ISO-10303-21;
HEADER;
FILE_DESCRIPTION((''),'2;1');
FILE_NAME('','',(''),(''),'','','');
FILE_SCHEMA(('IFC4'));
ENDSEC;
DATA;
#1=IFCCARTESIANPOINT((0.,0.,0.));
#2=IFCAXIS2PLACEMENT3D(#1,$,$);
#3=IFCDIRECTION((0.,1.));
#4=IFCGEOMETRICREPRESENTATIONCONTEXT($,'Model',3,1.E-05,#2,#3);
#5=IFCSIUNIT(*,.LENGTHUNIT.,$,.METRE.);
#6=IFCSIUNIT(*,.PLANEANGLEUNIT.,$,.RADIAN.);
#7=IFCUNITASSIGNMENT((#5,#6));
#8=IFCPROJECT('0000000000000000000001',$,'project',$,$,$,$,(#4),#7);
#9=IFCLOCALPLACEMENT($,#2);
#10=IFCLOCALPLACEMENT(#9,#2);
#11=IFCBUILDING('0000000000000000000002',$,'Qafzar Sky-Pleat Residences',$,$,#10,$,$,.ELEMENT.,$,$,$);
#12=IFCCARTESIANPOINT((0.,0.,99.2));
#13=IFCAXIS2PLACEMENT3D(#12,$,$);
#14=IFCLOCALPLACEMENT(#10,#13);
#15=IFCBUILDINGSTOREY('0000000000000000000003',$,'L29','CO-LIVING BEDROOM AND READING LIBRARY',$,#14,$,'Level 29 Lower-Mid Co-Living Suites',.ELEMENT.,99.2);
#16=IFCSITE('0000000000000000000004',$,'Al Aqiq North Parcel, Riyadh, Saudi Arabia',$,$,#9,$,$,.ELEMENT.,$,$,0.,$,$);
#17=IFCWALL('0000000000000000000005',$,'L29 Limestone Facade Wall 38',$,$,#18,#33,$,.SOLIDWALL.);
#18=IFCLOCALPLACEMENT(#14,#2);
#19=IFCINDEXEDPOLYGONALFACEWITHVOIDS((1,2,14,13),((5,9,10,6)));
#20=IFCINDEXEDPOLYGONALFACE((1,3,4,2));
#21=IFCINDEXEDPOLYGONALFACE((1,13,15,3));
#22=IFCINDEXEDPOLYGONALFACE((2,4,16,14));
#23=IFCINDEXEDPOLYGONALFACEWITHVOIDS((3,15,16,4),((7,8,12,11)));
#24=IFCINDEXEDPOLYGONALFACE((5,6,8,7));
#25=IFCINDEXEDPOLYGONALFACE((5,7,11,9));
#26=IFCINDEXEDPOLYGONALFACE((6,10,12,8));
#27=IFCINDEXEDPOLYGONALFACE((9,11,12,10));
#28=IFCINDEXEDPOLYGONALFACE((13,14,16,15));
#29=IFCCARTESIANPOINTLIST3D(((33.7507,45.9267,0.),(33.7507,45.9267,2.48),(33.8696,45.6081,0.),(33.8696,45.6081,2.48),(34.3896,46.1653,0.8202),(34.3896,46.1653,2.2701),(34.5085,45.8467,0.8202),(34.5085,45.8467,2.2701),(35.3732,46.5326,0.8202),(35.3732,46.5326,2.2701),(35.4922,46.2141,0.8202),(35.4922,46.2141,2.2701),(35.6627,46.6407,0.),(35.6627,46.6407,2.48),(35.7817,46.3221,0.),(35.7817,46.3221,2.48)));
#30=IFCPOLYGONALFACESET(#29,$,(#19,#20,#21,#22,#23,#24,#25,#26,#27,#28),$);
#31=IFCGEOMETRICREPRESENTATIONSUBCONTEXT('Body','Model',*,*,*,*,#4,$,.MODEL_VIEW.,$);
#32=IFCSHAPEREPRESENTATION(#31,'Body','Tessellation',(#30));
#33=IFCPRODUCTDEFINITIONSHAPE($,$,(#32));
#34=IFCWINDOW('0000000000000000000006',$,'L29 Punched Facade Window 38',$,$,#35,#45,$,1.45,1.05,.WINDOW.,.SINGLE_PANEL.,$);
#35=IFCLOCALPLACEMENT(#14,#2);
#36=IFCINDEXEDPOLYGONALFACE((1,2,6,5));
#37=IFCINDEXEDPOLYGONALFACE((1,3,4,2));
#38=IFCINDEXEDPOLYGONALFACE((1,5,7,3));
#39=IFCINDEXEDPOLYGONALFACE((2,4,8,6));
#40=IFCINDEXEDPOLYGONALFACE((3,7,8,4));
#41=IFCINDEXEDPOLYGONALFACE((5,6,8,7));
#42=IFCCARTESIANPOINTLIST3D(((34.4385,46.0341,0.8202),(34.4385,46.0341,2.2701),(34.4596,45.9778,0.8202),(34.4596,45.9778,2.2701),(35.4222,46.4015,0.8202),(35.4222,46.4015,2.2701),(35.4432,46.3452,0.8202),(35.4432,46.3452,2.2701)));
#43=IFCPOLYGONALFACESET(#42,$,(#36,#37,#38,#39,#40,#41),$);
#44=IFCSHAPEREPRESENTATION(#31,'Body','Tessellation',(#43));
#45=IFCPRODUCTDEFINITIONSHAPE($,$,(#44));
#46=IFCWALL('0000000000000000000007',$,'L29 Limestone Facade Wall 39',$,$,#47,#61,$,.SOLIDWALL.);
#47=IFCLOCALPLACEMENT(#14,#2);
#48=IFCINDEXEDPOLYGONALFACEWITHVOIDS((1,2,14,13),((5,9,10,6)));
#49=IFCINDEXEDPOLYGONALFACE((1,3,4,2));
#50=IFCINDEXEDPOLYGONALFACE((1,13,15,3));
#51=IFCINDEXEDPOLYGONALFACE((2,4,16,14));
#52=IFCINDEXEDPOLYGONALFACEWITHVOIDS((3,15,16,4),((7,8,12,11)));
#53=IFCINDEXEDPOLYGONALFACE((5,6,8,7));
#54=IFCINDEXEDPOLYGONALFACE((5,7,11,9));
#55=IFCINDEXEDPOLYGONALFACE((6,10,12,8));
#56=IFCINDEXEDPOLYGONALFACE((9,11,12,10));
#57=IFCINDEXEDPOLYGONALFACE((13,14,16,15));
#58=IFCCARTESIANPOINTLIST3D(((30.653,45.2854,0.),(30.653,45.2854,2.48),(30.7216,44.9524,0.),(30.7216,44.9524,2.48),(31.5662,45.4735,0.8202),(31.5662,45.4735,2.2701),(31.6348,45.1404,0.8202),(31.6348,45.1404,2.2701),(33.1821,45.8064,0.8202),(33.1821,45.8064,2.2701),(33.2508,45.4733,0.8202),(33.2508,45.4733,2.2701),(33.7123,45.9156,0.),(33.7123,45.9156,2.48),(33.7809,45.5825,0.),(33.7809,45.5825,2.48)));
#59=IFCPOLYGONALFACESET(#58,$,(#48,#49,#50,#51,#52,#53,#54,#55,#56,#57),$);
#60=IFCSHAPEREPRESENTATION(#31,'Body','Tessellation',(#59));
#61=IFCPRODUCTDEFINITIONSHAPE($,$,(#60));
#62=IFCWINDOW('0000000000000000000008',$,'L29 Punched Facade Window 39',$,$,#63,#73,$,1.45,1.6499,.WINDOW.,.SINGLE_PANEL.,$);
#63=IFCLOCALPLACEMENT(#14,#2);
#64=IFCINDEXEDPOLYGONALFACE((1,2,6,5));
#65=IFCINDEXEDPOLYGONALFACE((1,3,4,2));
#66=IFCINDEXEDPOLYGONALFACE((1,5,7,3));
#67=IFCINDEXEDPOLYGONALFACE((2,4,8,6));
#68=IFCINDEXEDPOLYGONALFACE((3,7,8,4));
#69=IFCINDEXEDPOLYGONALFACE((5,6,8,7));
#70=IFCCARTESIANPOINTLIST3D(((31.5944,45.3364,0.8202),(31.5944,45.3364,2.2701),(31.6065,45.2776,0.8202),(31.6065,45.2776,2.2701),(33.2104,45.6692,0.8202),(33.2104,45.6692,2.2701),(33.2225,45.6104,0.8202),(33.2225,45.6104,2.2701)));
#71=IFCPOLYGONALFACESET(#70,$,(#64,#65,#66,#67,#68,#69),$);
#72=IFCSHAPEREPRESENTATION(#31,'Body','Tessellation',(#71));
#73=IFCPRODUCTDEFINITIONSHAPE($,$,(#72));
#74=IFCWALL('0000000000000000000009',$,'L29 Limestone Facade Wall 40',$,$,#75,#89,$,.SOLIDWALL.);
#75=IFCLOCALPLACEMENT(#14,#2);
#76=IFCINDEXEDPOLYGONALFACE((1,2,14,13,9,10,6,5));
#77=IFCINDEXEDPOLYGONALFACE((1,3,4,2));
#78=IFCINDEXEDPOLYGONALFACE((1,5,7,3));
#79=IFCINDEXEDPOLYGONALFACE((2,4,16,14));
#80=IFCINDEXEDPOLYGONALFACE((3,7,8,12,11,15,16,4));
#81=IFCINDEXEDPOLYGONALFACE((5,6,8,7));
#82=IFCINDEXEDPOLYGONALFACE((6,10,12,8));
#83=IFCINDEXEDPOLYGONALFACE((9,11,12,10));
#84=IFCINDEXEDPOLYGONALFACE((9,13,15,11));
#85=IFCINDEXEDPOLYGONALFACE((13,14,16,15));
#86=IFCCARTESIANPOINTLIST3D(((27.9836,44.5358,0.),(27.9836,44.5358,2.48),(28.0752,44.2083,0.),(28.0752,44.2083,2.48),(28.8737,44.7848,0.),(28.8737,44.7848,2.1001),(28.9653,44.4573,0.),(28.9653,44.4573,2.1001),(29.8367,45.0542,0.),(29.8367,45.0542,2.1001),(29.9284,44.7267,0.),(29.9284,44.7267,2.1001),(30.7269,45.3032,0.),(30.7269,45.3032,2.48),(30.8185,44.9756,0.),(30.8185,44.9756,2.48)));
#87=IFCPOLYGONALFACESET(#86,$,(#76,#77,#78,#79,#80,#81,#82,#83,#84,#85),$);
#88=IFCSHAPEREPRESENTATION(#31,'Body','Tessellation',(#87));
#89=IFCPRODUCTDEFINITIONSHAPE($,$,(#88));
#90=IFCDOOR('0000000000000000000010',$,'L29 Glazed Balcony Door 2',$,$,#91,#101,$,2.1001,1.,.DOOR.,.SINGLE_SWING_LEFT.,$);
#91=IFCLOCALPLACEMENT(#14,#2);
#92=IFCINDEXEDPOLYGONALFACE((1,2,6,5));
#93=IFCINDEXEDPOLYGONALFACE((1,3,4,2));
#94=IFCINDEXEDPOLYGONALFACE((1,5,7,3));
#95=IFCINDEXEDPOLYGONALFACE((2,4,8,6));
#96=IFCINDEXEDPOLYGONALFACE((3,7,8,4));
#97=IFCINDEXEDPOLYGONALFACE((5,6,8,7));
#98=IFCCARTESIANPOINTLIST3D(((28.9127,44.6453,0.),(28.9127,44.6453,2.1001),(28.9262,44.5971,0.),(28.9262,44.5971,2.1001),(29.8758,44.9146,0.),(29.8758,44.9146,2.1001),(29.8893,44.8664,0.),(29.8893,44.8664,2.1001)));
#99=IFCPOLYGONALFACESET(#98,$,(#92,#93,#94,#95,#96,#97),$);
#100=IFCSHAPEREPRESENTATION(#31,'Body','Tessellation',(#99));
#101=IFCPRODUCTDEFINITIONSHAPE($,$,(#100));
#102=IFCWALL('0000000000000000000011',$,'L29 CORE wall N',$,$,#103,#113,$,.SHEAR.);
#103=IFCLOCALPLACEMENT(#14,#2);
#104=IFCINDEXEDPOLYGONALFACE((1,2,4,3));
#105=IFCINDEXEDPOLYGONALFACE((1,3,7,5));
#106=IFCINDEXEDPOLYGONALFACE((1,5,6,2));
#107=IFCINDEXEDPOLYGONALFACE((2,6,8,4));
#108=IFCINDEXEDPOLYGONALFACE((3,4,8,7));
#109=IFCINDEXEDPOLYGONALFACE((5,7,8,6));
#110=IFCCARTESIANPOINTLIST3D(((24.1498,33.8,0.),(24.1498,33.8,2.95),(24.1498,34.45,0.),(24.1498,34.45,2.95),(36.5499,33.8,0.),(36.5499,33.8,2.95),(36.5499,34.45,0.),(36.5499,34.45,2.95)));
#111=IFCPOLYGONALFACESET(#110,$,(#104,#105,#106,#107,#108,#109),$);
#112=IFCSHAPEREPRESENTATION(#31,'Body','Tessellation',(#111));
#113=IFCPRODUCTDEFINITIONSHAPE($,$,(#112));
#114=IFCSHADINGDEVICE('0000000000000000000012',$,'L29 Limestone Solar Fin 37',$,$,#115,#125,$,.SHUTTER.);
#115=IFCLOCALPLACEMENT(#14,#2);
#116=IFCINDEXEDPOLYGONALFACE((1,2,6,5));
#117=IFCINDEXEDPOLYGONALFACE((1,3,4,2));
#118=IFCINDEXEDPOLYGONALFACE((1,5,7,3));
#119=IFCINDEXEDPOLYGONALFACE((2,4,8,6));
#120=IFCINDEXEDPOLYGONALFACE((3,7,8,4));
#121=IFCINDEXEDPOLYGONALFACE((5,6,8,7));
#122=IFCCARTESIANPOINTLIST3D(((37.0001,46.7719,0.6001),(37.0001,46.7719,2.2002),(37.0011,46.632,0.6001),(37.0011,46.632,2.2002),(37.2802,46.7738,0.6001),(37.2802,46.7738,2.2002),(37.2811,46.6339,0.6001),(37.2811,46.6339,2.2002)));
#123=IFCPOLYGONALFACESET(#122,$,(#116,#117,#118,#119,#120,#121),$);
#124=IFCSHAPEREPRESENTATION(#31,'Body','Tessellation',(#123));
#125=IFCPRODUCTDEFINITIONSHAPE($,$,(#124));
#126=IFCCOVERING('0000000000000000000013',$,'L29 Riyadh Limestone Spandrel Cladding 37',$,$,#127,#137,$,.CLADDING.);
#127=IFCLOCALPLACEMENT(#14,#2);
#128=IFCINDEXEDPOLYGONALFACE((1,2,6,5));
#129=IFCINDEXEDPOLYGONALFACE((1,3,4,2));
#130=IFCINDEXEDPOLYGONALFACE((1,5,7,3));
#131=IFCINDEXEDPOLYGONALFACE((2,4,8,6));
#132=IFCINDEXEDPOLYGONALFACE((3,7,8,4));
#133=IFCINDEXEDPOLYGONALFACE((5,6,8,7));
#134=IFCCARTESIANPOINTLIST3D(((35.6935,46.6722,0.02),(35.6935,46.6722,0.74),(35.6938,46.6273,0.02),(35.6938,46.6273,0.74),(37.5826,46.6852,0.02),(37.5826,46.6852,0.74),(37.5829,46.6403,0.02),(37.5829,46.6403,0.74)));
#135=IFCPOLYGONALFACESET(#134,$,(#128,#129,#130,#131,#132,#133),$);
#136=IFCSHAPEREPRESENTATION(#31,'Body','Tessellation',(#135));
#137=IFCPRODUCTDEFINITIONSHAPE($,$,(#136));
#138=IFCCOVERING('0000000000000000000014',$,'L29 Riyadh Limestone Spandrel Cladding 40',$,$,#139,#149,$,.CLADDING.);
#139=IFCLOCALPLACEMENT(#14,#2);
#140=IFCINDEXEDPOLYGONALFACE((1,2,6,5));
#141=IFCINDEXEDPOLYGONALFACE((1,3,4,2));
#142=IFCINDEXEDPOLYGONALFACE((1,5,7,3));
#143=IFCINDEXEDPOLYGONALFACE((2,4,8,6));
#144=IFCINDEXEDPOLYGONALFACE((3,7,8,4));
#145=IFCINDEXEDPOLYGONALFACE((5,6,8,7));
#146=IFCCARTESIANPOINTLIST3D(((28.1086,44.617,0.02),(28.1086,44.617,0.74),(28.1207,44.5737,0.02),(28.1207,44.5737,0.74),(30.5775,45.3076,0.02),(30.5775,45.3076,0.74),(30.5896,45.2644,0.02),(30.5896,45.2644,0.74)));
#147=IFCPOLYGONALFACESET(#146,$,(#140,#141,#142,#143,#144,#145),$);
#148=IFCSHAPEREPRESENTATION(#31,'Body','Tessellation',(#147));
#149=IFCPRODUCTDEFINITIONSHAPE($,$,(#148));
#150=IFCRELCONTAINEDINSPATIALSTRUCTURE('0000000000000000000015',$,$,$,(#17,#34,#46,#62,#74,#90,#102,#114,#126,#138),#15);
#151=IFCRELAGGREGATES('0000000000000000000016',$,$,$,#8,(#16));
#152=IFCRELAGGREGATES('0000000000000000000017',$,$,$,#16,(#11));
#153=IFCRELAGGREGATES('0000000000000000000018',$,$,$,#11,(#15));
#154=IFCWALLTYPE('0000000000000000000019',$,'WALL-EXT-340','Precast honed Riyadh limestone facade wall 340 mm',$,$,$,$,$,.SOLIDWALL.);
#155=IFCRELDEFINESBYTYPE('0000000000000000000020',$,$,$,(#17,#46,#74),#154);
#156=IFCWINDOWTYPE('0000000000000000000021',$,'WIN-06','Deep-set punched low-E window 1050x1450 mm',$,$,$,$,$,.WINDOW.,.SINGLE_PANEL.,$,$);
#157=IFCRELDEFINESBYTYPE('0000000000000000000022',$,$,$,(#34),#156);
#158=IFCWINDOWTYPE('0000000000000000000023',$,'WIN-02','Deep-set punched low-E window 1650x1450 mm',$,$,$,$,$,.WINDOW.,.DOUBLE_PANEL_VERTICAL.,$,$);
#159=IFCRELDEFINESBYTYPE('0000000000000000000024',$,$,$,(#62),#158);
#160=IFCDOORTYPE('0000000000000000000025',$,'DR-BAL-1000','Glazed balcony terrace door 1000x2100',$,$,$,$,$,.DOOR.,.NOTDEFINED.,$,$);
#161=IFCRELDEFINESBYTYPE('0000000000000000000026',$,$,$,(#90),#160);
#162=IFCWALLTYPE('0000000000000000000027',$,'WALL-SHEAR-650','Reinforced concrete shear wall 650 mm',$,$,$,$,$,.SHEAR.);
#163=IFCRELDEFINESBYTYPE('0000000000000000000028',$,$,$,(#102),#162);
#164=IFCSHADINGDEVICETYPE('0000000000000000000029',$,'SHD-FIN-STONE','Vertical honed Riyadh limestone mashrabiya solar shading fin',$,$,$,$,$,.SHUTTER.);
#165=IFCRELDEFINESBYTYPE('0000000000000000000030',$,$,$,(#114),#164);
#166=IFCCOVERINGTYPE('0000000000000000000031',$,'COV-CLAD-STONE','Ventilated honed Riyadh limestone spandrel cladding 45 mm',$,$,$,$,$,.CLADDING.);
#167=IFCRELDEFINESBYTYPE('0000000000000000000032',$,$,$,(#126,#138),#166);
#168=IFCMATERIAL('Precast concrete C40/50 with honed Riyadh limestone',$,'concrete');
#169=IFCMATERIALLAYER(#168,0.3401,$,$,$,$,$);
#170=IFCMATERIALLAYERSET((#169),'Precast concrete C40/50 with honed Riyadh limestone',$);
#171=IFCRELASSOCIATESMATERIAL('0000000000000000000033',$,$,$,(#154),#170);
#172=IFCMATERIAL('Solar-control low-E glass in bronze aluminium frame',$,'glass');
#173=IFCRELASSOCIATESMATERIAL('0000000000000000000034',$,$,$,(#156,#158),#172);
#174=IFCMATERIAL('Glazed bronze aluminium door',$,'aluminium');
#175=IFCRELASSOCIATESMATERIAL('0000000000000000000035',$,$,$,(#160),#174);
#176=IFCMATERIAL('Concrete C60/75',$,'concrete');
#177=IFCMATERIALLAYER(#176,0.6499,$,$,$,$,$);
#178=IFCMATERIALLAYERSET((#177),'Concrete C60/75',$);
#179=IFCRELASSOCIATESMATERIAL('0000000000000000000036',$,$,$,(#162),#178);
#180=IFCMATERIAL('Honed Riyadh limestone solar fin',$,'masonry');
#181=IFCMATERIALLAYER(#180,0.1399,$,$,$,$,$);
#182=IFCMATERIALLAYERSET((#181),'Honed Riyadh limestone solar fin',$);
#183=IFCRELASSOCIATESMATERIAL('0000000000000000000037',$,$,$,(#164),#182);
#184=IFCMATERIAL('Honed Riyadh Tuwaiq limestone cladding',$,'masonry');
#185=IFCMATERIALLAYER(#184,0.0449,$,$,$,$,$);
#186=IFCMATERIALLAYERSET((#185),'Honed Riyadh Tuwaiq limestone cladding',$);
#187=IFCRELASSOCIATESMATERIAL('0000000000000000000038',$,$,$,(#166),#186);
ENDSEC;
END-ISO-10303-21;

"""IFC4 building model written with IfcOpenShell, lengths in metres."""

from ifc_helpers import new_model, si_unit, direction, frame, frame_2d, origin, origin_2d, place, context, subcontext, project, spatial, rectangle, extrude, source, transform, mapped, material, layer, layer_set, type_object, element, fill, save


model = new_model("IFC4")

# Units and contexts
model_context = context("Model", 3, precision=1e-05, world=origin(), true_north=direction((0.0, 1.0)))
body_context = subcontext(model_context, "Body", "Model", "MODEL_VIEW")
ifc_project = project(units=[si_unit("LENGTHUNIT", "METRE"), si_unit("PLANEANGLEUNIT", "RADIAN")], contexts=[model_context])

# Site, building, storey
site_placement = place(None, origin())
site = spatial("IfcSite", under=ifc_project, at=site_placement, Name="Al Aqiq North Parcel, Riyadh, Saudi Arabia", CompositionType="ELEMENT", RefElevation=0.0)
building_placement = place(site_placement, origin())
building = spatial("IfcBuilding", under=site, at=building_placement, Name="Qafzar Sky-Pleat Residences", CompositionType="ELEMENT")
storey_placement = place(building_placement, frame((0.0, 0.0, 99.2)))
storey = spatial("IfcBuildingStorey", under=building, at=storey_placement, Name="L29", Description="CO-LIVING BEDROOM AND READING LIBRARY", LongName="Level 29 Lower-Mid Co-Living Suites", CompositionType="ELEMENT", Elevation=99.2)

# Walls, openings, windows
ifc_material_1 = material(Name="Precast concrete C40/50 with honed Riyadh limestone", Category="concrete")
ifc_layer_1 = layer(ifc_material_1, 0.3401)
ifc_layer_set_1 = layer_set([ifc_layer_1], Name="Precast concrete C40/50 with honed Riyadh limestone")
wall_type_1 = type_object("IfcWallType", Name="WALL-EXT-340", Description="Precast honed Riyadh limestone facade wall 340 mm", PredefinedType="SOLIDWALL", material=ifc_layer_set_1)
wall_1_placement = place(storey_placement, frame((35.7222, 46.4814, 0.0), z_axis=(0.0, 0.0, 1.0), x_axis=(-0.9368, -0.349865, 0.0)))
wall_1 = element("IfcWall", 1, at=wall_1_placement, inside=storey, type_object=wall_type_1, Name="L29 Limestone Facade Wall 38", PredefinedType="SOLIDWALL", context=body_context, shape_type="SweptSolid", body=[
    extrude(rectangle(XDim=2.041, YDim=0.3401, at=frame_2d((1.0205, 0.0))), origin(), (0.0, 0.0, 1.0), 2.48),
])
opening_1_placement = place(wall_1_placement, frame((0.3091, 0.0, 0.8201)))
opening_1 = element("IfcOpeningElement", 2, at=opening_1_placement, cuts=wall_1, PredefinedType="OPENING", context=body_context, shape_type="SweptSolid", body=[
    extrude(rectangle(XDim=1.05, YDim=1.45, at=frame_2d((0.5249, 0.7251))), frame((0.0, 0.1802, 0.0), z_axis=(0.0, -1.0, 0.0), x_axis=(1.0, 0.0, 0.0)), (0.0, 0.0, 1.0), 0.3601),
])
ifc_material_2 = material(Name="Solar-control low-E glass in bronze aluminium frame", Category="glass")
window_type_1 = type_object("IfcWindowType", Name="WIN-06", Description="Deep-set punched low-E window 1050x1450 mm", PartitioningType="SINGLE_PANEL", PredefinedType="WINDOW", material=ifc_material_2)
shared_shape_1 = source(origin(), body_context, "Body", "SweptSolid", [
    extrude(rectangle(XDim=1.05, YDim=1.45, at=frame_2d((0.5249, 0.7251))), frame((0.0, 0.03, 0.0), z_axis=(0.0, -1.0, 0.0), x_axis=(1.0, 0.0, 0.0)), (0.0, 0.0, 1.0), 0.0601),
])
window_1_placement = place(opening_1_placement, origin())
window_1 = element("IfcWindow", 3, at=window_1_placement, inside=storey, type_object=window_type_1, Name="L29 Punched Facade Window 38", OverallHeight=1.45, OverallWidth=1.05, PartitioningType="SINGLE_PANEL", PredefinedType="WINDOW", context=body_context, shape_type="MappedRepresentation", body=[
    mapped(shared_shape_1, transform((0.0, 0.0, 0.0), x_axis=(1.0, 0.0, 0.0), y_axis=(0.0, 1.0, 0.0), z_axis=(0.0, 0.0, 1.0), scale=1.0)),
])
fill(opening_1, window_1)
wall_2_placement = place(storey_placement, frame((33.7466, 45.749, 0.0), z_axis=(0.0, 0.0, 1.0), x_axis=(-0.97944, -0.201735, 0.0)))
wall_2 = element("IfcWall", 4, at=wall_2_placement, inside=storey, type_object=wall_type_1, Name="L29 Limestone Facade Wall 39", PredefinedType="SOLIDWALL", context=body_context, shape_type="SweptSolid", body=[
    extrude(rectangle(XDim=3.1235, YDim=0.3401, at=frame_2d((1.5618, 0.0))), origin(), (0.0, 0.0, 1.0), 2.48),
])
opening_2_placement = place(wall_2_placement, frame((0.5413, 0.0, 0.8201)))
opening_2 = element("IfcOpeningElement", 5, at=opening_2_placement, cuts=wall_2, PredefinedType="OPENING", context=body_context, shape_type="SweptSolid", body=[
    extrude(rectangle(XDim=1.6499, YDim=1.45, at=frame_2d((0.825, 0.7251))), frame((0.0, 0.1802, 0.0), z_axis=(0.0, -1.0, 0.0), x_axis=(1.0, 0.0, 0.0)), (0.0, 0.0, 1.0), 0.3601),
])
window_type_2 = type_object("IfcWindowType", Name="WIN-02", Description="Deep-set punched low-E window 1650x1450 mm", PartitioningType="DOUBLE_PANEL_VERTICAL", PredefinedType="WINDOW", material=ifc_material_2)
shared_shape_2 = source(origin(), body_context, "Body", "SweptSolid", [
    extrude(rectangle(XDim=1.6499, YDim=1.45, at=frame_2d((0.825, 0.7251))), frame((0.0, 0.03, 0.0), z_axis=(0.0, -1.0, 0.0), x_axis=(1.0, 0.0, 0.0)), (0.0, 0.0, 1.0), 0.0601),
])
window_2_placement = place(opening_2_placement, origin())
window_2 = element("IfcWindow", 6, at=window_2_placement, inside=storey, type_object=window_type_2, Name="L29 Punched Facade Window 39", OverallHeight=1.45, OverallWidth=1.6499, PartitioningType="SINGLE_PANEL", PredefinedType="WINDOW", context=body_context, shape_type="MappedRepresentation", body=[
    mapped(shared_shape_2, transform((0.0, 0.0, 0.0), x_axis=(1.0, 0.0, 0.0), y_axis=(0.0, 1.0, 0.0), z_axis=(0.0, 0.0, 1.0), scale=1.0)),
])
fill(opening_2, window_2)

# Wall, opening, door
wall_3_placement = place(storey_placement, frame((30.7727, 45.1394, 0.0), z_axis=(0.0, 0.0, 1.0), x_axis=(-0.963039, -0.269363, 0.0)))
wall_3 = element("IfcWall", 7, at=wall_3_placement, inside=storey, type_object=wall_type_1, Name="L29 Limestone Facade Wall 40", PredefinedType="SOLIDWALL", context=body_context, shape_type="SweptSolid", body=[
    extrude(rectangle(XDim=2.8486, YDim=0.3401, at=frame_2d((1.4243, 0.0))), origin(), (0.0, 0.0, 1.0), 2.48),
])
opening_3_placement = place(wall_3_placement, frame((0.9243, 0.0, 0.0)))
opening_3 = element("IfcOpeningElement", 8, at=opening_3_placement, cuts=wall_3, PredefinedType="OPENING", context=body_context, shape_type="SweptSolid", body=[
    extrude(rectangle(XDim=1.0, YDim=2.1001, at=frame_2d((0.5, 1.05))), frame((0.0, 0.1802, 0.0), z_axis=(0.0, -1.0, 0.0), x_axis=(1.0, 0.0, 0.0)), (0.0, 0.0, 1.0), 0.3601),
])
ifc_material_3 = material(Name="Glazed bronze aluminium door", Category="aluminium")
door_type_1 = type_object("IfcDoorType", Name="DR-BAL-1000", Description="Glazed balcony terrace door 1000x2100", OperationType="NOTDEFINED", PredefinedType="DOOR", material=ifc_material_3)
shared_shape_3 = source(origin(), body_context, "Body", "SweptSolid", [
    extrude(rectangle(XDim=1.0, YDim=2.1001, at=frame_2d((0.5, 1.05))), frame((0.0, 0.0249, 0.0), z_axis=(0.0, -1.0, 0.0), x_axis=(1.0, 0.0, 0.0)), (0.0, 0.0, 1.0), 0.05),
])
door_1_placement = place(opening_3_placement, origin())
door_1 = element("IfcDoor", 9, at=door_1_placement, inside=storey, type_object=door_type_1, Name="L29 Glazed Balcony Door 2", OperationType="SINGLE_SWING_LEFT", OverallHeight=2.1001, OverallWidth=1.0, PredefinedType="DOOR", context=body_context, shape_type="MappedRepresentation", body=[
    mapped(shared_shape_3, transform((0.0, 0.0, 0.0), x_axis=(1.0, 0.0, 0.0), y_axis=(0.0, 1.0, 0.0), z_axis=(0.0, 0.0, 1.0), scale=1.0)),
])
fill(opening_3, door_1)

# Wall
ifc_material_4 = material(Name="Concrete C60/75", Category="concrete")
ifc_layer_2 = layer(ifc_material_4, 0.6499)
ifc_layer_set_2 = layer_set([ifc_layer_2], Name="Concrete C60/75")
wall_type_2 = type_object("IfcWallType", Name="WALL-SHEAR-650", Description="Reinforced concrete shear wall 650 mm", PredefinedType="SHEAR", material=ifc_layer_set_2)
wall_4_placement = place(storey_placement, frame((36.55, 34.125, 0.0), z_axis=(0.0, 0.0, 1.0), x_axis=(-1.0, 0.0, 0.0)))
element("IfcWall", 10, at=wall_4_placement, inside=storey, type_object=wall_type_2, Name="L29 CORE wall N", PredefinedType="SHEAR", context=body_context, shape_type="SweptSolid", body=[
    extrude(rectangle(XDim=12.4001, YDim=0.6499, at=frame_2d((6.2002, 0.0))), origin(), (0.0, 0.0, 1.0), 2.95),
])

# Shading device
ifc_material_5 = material(Name="Honed Riyadh limestone solar fin", Category="masonry")
ifc_layer_3 = layer(ifc_material_5, 0.1399)
ifc_layer_set_3 = layer_set([ifc_layer_3], Name="Honed Riyadh limestone solar fin")
shading_device_type = type_object("IfcShadingDeviceType", Name="SHD-FIN-STONE", Description="Vertical honed Riyadh limestone mashrabiya solar shading fin", PredefinedType="SHUTTER", material=ifc_layer_set_3)
shared_shape_4 = source(origin(), body_context, "Body", "SweptSolid", [
    extrude(rectangle(XDim=0.1399, YDim=0.28, at=origin_2d()), origin(), (0.0, 0.0, 1.0), 1.6001),
])
shading_device_placement = place(storey_placement, frame((37.1406, 46.7029, 0.6001), z_axis=(0.0, 0.0, 1.0), x_axis=(-0.006822, 0.999977, 0.0)))
element("IfcShadingDevice", 11, at=shading_device_placement, inside=storey, type_object=shading_device_type, Name="L29 Limestone Solar Fin 37", PredefinedType="SHUTTER", context=body_context, shape_type="MappedRepresentation", body=[
    mapped(shared_shape_4, transform((0.0, 0.0, 0.0), x_axis=(1.0, 0.0, 0.0), y_axis=(0.0, 1.0, 0.0), z_axis=(0.0, 0.0, 1.0), scale=1.0)),
])

# Covering
ifc_material_6 = material(Name="Honed Riyadh Tuwaiq limestone cladding", Category="masonry")
ifc_layer_4 = layer(ifc_material_6, 0.0449)
ifc_layer_set_4 = layer_set([ifc_layer_4], Name="Honed Riyadh Tuwaiq limestone cladding")
covering_type = type_object("IfcCoveringType", Name="COV-CLAD-STONE", Description="Ventilated honed Riyadh limestone spandrel cladding 45 mm", PredefinedType="CLADDING", material=ifc_layer_set_4)
shared_shape_5 = source(origin(), body_context, "Body", "SweptSolid", [
    extrude(rectangle(XDim=1.8892, YDim=0.0449, at=origin_2d()), origin(), (0.0, 0.0, 1.0), 0.72),
])
covering_1_placement = place(storey_placement, frame((36.6382, 46.6562, 0.02), z_axis=(0.0, 0.0, 1.0), x_axis=(-0.999976, -0.006861, 0.0)))
element("IfcCovering", 12, at=covering_1_placement, inside=storey, type_object=covering_type, Name="L29 Riyadh Limestone Spandrel Cladding 37", PredefinedType="CLADDING", context=body_context, shape_type="MappedRepresentation", body=[
    mapped(shared_shape_5, transform((0.0, 0.0, 0.0), x_axis=(1.0, 0.0, 0.0), y_axis=(0.0, 1.0, 0.0), z_axis=(0.0, 0.0, 1.0), scale=1.0)),
])

# Covering
shared_shape_6 = source(origin(), body_context, "Body", "SweptSolid", [
    extrude(rectangle(XDim=2.5637, YDim=0.0449, at=origin_2d()), origin(), (0.0, 0.0, 1.0), 0.72),
])
covering_2_placement = place(storey_placement, frame((29.3491, 44.9407, 0.02), z_axis=(0.0, 0.0, 1.0), x_axis=(-0.96303, -0.269394, 0.0)))
element("IfcCovering", 13, at=covering_2_placement, inside=storey, type_object=covering_type, Name="L29 Riyadh Limestone Spandrel Cladding 40", PredefinedType="CLADDING", context=body_context, shape_type="MappedRepresentation", body=[
    mapped(shared_shape_6, transform((0.0, 0.0, 0.0), x_axis=(1.0, 0.0, 0.0), y_axis=(0.0, 1.0, 0.0), z_axis=(0.0, 0.0, 1.0), scale=1.0)),
])

save(model, "model.ifc")
